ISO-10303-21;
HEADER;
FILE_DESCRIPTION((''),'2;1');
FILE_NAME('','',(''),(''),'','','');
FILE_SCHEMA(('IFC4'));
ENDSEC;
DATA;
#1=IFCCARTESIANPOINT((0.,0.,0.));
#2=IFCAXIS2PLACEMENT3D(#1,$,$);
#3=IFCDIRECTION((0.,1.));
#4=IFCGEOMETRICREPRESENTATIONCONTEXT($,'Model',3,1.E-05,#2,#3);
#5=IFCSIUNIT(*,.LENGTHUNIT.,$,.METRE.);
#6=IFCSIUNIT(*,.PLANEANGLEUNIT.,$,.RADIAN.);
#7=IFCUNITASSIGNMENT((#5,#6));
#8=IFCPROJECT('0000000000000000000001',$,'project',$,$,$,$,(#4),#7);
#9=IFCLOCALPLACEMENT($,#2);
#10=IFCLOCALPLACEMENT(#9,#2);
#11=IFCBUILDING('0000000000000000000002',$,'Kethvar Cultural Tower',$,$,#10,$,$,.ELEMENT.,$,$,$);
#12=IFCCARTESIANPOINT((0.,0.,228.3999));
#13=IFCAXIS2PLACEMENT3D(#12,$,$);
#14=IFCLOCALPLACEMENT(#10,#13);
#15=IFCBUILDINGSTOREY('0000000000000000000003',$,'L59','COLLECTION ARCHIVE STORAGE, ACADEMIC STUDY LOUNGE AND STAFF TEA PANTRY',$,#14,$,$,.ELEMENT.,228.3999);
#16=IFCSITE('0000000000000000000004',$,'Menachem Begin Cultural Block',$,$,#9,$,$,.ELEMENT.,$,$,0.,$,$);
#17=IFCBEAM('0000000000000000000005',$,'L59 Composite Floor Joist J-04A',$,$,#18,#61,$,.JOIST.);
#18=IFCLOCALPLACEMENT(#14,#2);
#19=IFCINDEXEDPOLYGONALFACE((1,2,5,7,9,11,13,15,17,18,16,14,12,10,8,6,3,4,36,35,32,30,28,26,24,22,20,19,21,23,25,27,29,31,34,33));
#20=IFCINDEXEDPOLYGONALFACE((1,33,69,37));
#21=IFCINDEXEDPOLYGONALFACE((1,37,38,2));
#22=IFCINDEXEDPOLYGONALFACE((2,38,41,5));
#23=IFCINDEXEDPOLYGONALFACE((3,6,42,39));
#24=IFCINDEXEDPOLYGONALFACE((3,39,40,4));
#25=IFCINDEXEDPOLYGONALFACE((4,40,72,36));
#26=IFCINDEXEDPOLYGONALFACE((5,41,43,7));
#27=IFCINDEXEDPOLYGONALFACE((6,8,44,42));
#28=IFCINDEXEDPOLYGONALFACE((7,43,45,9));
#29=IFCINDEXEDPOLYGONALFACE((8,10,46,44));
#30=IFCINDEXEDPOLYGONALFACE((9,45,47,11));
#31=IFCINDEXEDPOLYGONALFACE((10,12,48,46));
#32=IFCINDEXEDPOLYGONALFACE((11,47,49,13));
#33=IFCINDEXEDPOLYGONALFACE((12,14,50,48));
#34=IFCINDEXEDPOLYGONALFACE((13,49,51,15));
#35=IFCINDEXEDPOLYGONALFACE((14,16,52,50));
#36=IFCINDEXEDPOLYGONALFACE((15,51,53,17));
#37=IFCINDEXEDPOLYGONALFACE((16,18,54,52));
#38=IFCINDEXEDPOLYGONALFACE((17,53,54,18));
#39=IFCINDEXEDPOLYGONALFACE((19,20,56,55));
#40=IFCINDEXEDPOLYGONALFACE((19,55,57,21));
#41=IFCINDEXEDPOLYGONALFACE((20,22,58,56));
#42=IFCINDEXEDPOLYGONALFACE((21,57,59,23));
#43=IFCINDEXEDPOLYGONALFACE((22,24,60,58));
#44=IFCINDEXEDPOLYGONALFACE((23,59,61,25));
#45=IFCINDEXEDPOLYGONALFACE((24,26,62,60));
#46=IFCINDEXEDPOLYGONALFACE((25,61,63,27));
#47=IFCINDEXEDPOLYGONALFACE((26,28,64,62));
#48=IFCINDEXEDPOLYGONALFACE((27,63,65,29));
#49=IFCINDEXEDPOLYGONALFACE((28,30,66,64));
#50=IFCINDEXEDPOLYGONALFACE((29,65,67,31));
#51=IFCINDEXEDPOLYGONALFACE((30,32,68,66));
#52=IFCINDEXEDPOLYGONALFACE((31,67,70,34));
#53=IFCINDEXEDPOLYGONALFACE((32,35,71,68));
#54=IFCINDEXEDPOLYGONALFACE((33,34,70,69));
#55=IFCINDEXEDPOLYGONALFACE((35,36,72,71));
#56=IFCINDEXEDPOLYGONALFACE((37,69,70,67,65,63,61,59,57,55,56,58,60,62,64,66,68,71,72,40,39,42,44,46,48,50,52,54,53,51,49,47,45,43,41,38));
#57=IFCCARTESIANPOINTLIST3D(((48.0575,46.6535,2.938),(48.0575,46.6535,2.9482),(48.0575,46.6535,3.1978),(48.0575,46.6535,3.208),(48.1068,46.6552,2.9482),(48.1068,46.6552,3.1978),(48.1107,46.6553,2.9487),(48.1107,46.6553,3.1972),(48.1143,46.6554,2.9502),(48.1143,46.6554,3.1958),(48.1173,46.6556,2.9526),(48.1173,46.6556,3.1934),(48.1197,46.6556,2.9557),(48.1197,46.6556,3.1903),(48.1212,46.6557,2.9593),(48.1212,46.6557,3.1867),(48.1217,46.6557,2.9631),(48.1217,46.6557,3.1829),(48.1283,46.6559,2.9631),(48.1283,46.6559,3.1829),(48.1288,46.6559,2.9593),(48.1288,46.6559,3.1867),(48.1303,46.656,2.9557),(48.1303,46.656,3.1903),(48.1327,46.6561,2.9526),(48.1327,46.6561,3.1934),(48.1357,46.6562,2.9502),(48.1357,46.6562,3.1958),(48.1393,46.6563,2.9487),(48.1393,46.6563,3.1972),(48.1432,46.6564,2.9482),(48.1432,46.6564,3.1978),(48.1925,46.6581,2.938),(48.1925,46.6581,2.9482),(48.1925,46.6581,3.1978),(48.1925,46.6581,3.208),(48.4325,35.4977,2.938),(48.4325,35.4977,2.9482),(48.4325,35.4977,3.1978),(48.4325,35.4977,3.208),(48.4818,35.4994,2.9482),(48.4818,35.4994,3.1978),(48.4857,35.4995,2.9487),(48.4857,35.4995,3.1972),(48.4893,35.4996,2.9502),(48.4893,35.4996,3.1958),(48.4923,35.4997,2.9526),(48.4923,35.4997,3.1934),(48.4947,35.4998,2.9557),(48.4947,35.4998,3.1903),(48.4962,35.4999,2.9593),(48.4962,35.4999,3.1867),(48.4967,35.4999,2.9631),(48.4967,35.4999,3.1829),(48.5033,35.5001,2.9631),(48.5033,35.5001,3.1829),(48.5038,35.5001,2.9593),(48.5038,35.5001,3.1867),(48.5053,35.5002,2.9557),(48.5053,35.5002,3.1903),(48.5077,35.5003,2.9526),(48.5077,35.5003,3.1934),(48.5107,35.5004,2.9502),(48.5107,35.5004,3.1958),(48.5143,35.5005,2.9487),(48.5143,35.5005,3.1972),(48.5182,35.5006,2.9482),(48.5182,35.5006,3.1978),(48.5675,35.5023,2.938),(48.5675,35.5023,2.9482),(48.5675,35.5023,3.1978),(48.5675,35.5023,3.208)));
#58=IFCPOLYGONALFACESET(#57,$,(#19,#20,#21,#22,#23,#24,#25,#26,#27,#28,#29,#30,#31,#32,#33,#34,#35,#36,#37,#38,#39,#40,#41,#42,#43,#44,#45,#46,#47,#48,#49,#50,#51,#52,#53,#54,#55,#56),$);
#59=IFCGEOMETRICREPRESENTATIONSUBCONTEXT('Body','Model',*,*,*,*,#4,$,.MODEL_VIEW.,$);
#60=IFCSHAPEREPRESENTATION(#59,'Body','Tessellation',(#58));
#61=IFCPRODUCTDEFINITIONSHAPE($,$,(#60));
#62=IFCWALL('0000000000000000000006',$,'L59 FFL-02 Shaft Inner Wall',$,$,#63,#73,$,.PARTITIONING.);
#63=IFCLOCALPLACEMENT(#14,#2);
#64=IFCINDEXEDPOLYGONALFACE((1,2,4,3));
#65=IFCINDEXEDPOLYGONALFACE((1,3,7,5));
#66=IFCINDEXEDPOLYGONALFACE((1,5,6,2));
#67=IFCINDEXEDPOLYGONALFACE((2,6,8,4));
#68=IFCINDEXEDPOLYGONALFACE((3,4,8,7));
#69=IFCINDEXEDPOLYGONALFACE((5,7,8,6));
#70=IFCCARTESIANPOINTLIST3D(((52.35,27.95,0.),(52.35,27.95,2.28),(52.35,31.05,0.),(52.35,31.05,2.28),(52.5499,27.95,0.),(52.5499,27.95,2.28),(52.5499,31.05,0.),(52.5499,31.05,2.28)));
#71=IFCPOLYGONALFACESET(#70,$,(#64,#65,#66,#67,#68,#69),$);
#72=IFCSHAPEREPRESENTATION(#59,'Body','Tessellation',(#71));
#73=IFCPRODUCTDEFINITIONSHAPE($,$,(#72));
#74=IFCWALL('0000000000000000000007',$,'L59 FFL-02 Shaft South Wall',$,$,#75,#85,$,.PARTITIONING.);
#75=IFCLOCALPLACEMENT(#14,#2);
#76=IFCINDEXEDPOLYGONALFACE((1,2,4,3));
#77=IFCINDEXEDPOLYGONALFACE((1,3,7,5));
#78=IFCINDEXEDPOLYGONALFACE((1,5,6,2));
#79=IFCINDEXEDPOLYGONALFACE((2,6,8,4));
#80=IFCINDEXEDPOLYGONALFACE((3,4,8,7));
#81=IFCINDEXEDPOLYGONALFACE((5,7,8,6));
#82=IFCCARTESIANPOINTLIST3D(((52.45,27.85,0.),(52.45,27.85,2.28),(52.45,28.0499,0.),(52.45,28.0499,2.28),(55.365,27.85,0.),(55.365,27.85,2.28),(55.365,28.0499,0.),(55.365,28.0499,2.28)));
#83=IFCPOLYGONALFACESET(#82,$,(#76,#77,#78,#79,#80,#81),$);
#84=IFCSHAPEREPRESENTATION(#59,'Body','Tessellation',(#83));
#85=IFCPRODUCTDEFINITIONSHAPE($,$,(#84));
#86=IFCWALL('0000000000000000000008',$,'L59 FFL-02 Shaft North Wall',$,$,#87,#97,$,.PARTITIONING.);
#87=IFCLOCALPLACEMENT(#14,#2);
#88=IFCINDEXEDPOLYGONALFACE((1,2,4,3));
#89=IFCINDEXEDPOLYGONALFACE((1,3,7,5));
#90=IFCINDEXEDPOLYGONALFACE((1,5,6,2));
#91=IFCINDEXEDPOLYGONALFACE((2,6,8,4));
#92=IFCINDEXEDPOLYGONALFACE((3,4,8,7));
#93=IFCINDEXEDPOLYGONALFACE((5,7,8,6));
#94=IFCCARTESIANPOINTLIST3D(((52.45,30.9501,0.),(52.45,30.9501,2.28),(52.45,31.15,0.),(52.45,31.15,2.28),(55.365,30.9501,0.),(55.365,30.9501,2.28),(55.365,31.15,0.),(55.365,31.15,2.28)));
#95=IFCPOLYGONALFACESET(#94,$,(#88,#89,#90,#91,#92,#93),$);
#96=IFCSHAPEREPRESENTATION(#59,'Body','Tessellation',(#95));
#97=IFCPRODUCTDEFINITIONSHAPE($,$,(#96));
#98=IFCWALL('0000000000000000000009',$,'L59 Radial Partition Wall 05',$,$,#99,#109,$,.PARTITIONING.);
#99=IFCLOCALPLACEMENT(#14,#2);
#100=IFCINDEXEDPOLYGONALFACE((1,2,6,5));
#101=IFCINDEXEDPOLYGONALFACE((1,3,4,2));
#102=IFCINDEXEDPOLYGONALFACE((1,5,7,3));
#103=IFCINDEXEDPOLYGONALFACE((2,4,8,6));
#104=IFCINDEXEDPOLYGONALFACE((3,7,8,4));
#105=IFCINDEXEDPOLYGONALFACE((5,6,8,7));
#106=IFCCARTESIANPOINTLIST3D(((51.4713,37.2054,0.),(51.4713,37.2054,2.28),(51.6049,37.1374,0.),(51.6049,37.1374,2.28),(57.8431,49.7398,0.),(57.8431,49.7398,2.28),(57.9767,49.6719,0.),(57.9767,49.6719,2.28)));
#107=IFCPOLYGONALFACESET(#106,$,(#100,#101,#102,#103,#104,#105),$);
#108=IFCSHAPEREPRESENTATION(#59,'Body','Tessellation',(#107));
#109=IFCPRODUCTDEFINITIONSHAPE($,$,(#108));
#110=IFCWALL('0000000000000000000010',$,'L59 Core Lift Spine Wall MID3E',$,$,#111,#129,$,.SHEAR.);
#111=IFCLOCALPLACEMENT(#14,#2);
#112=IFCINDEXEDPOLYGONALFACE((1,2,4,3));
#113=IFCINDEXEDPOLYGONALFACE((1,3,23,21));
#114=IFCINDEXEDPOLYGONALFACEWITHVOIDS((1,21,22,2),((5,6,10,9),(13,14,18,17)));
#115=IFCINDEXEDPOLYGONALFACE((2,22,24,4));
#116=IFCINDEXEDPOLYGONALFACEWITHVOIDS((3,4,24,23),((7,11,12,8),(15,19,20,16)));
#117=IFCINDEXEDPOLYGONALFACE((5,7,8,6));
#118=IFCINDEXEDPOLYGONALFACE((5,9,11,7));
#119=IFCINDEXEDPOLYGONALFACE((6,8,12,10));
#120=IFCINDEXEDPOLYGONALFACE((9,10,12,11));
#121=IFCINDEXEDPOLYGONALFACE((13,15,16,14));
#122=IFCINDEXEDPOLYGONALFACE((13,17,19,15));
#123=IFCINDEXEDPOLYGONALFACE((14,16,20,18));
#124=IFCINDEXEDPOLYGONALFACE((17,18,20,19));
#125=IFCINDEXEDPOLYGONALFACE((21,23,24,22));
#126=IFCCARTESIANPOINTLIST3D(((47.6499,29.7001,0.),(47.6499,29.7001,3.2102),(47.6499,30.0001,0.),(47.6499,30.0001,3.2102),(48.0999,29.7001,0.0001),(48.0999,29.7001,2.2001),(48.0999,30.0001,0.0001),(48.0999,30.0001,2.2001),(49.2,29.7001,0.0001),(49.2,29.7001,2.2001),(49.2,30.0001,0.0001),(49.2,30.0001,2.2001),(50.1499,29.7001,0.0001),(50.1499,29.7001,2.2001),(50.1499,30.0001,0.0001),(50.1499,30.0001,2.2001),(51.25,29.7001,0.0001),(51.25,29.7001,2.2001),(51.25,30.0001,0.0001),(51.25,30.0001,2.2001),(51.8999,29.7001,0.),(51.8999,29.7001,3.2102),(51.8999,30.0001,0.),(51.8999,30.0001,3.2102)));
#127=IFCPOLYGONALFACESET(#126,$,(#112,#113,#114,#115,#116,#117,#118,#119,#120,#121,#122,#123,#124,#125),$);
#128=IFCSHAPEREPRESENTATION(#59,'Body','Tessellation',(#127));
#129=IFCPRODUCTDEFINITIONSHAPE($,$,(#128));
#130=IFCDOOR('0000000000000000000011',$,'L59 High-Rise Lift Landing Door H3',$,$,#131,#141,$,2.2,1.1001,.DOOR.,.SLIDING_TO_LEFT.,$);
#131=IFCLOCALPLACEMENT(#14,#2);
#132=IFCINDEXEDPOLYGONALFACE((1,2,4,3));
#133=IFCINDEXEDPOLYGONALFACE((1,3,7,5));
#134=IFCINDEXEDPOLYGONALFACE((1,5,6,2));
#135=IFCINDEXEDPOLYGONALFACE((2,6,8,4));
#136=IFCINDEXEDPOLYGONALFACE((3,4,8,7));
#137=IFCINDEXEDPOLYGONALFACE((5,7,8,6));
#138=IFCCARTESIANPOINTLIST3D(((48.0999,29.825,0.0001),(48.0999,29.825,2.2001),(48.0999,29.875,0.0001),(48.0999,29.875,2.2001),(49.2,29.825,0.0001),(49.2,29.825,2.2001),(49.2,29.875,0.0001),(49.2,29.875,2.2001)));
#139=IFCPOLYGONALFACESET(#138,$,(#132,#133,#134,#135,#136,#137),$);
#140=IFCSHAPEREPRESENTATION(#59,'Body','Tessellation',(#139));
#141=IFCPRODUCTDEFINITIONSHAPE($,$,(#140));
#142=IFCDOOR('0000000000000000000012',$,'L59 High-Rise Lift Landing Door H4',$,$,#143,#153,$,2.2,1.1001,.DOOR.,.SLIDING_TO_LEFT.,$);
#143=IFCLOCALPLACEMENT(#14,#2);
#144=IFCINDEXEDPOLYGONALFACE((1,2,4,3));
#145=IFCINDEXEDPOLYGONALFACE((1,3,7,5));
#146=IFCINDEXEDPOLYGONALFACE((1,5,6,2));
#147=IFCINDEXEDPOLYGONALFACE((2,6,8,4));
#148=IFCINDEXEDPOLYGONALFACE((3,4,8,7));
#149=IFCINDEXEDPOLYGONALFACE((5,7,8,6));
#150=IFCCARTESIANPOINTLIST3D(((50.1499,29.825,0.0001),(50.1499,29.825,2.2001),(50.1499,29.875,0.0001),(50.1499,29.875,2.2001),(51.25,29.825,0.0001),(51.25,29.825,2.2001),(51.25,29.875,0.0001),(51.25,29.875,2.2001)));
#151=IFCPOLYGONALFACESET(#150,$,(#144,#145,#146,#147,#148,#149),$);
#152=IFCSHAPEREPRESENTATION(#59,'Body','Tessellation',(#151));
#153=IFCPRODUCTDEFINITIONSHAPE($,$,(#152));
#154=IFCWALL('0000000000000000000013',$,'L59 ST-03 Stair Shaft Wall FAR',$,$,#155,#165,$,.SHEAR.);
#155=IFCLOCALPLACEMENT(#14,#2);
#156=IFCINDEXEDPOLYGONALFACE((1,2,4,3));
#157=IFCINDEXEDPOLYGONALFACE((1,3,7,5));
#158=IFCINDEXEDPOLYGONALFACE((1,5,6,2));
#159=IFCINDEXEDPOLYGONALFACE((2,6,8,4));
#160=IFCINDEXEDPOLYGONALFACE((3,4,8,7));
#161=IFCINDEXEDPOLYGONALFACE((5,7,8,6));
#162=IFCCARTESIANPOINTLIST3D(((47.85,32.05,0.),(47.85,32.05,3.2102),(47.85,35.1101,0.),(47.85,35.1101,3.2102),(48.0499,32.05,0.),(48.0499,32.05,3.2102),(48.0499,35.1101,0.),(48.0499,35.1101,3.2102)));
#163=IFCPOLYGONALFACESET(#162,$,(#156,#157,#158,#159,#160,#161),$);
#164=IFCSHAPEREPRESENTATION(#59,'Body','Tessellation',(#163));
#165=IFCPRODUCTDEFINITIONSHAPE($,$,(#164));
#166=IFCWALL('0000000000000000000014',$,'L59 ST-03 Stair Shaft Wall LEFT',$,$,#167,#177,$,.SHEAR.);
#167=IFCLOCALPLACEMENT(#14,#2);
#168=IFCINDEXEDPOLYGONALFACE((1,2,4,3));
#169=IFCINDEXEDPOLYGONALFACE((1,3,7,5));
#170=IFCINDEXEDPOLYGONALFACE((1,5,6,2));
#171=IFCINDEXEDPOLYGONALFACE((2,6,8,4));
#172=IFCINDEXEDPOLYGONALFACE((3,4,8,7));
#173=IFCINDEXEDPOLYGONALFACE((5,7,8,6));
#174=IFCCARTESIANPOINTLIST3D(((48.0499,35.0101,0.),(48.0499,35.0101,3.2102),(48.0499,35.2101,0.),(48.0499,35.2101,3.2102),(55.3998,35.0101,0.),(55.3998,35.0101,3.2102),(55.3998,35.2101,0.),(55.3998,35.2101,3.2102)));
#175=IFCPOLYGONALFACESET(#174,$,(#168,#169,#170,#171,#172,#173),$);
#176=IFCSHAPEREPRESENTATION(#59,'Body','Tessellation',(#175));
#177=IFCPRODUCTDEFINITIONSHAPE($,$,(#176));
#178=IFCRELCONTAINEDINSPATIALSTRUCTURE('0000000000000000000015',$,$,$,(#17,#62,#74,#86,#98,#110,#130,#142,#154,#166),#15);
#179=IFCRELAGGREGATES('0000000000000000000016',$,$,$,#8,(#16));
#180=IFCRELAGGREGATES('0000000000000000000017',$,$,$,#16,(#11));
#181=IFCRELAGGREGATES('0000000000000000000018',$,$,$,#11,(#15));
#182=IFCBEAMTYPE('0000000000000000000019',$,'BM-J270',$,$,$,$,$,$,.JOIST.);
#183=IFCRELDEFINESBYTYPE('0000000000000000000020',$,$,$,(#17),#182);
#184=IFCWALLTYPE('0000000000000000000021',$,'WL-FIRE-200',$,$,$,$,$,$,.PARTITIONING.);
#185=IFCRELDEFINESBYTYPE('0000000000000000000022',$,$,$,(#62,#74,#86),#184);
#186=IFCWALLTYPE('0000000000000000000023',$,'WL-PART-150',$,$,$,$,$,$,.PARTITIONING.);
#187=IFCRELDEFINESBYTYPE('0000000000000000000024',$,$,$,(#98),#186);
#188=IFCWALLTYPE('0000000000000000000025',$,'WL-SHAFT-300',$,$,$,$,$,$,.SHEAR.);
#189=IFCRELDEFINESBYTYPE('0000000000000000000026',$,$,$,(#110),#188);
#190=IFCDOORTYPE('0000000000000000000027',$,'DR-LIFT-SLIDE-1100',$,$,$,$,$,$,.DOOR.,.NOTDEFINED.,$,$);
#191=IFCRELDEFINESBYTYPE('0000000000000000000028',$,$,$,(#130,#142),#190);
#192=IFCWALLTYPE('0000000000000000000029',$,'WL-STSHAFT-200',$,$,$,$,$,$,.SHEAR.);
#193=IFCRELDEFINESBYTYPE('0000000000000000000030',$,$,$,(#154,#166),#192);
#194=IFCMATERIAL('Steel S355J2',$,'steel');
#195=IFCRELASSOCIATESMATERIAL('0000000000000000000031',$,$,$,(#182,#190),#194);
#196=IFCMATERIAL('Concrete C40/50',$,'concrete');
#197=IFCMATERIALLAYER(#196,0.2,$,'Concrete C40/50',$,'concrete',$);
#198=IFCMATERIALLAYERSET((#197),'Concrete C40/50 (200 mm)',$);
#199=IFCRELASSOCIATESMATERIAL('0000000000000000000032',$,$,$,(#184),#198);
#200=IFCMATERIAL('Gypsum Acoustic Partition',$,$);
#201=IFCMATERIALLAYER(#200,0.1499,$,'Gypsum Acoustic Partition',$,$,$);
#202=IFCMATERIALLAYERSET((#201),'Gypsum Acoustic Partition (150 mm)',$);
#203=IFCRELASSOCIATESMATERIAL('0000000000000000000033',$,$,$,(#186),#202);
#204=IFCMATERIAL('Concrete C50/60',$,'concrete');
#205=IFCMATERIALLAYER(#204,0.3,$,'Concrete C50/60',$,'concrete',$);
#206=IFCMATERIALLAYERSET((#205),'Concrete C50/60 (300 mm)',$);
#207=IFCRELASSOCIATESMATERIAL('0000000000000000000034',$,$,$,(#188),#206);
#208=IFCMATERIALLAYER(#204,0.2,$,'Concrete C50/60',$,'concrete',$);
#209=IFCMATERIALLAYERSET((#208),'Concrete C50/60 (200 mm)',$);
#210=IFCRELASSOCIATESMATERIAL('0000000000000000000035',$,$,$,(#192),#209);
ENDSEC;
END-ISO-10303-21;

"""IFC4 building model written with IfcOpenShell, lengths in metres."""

from ifc_helpers import new_model, si_unit, direction, frame, frame_2d, origin, origin_2d, place, context, subcontext, project, spatial, rectangle, i_section, extrude, source, transform, mapped, material, layer, layer_set, material_profile, profile_set, type_object, element, fill, save


model = new_model("IFC4")

# Units and contexts
model_context = context("Model", 3, precision=1e-05, world=origin(), true_north=direction((0.0, 1.0)))
body_context = subcontext(model_context, "Body", "Model", "MODEL_VIEW")
ifc_project = project(units=[si_unit("LENGTHUNIT", "METRE"), si_unit("PLANEANGLEUNIT", "RADIAN")], contexts=[model_context])

# Site, building, storey
site_placement = place(None, origin())
site = spatial("IfcSite", under=ifc_project, at=site_placement, Name="Menachem Begin Cultural Block", CompositionType="ELEMENT", RefElevation=0.0)
building_placement = place(site_placement, origin())
building = spatial("IfcBuilding", under=site, at=building_placement, Name="Kethvar Cultural Tower", CompositionType="ELEMENT")
storey_placement = place(building_placement, frame((0.0, 0.0, 228.3999)))
storey = spatial("IfcBuildingStorey", under=building, at=storey_placement, Name="L59", Description="COLLECTION ARCHIVE STORAGE, ACADEMIC STUDY LOUNGE AND STAFF TEA PANTRY", CompositionType="ELEMENT", Elevation=228.3999)

# Beam
ifc_material_1 = material(Name="Steel S355J2", Category="steel")
ifc_material_profile_1 = material_profile(ifc_material_1, i_section(OverallWidth=0.135, OverallDepth=0.27, WebThickness=0.0066, FlangeThickness=0.0103, FilletRadius=0.0149, at=origin_2d()), Name="Steel S355J2 — IPE270")
ifc_profile_set_1 = profile_set([ifc_material_profile_1], Name="Steel S355J2 — IPE270")
beam_type_1 = type_object("IfcBeamType", Name="BM-J270", PredefinedType="JOIST", material=ifc_profile_set_1)
shared_shape_1 = source(origin(), body_context, "Body", "SweptSolid", [
    extrude(i_section(OverallWidth=0.135, OverallDepth=0.27, WebThickness=0.0066, FlangeThickness=0.0103, FilletRadius=0.0149, at=origin_2d()), origin(), (0.0, 0.0, 1.0), 11.1621),
])
beam_1_placement = place(storey_placement, frame((48.5, 35.5, 3.073), z_axis=(-0.033596, 0.999435, 0.0), x_axis=(-0.999435, -0.033596, 0.0)))
element("IfcBeam", 1, at=beam_1_placement, inside=storey, type_object=beam_type_1, Name="L59 Composite Floor Joist J-04A", PredefinedType="JOIST", context=body_context, shape_type="MappedRepresentation", body=[
    mapped(shared_shape_1, transform((0.0, 0.0, 0.0), scale=1.0)),
])

# Walls
ifc_material_2 = material(Name="Concrete C40/50", Category="concrete")
ifc_layer_1 = layer(ifc_material_2, 0.2, Name="Concrete C40/50", Category="concrete")
ifc_layer_set_1 = layer_set([ifc_layer_1], Name="Concrete C40/50 (200 mm)")
wall_type_1 = type_object("IfcWallType", Name="WL-FIRE-200", PredefinedType="PARTITIONING", material=ifc_layer_set_1)
wall_1_placement = place(storey_placement, frame((52.45, 27.95, 0.0), z_axis=(0.0, 0.0, 1.0), x_axis=(0.0, 1.0, 0.0)))
element("IfcWall", 2, at=wall_1_placement, inside=storey, type_object=wall_type_1, Name="L59 FFL-02 Shaft Inner Wall", PredefinedType="PARTITIONING", context=body_context, shape_type="SweptSolid", body=[
    extrude(rectangle(XDim=3.1001, YDim=0.2, at=frame_2d((1.55, 0.0))), origin(), (0.0, 0.0, 1.0), 2.28),
])
for number, where, z_axis, x_axis, name in (
    (3, (52.45, 27.95, 0.0), (0.0, 0.0, 1.0), (1.0, 0.0, 0.0), "L59 FFL-02 Shaft South Wall"),
    (4, (52.45, 31.05, 0.0), (0.0, 0.0, 1.0), (1.0, 0.0, 0.0), "L59 FFL-02 Shaft North Wall"),
):
    element("IfcWall", number, at=place(storey_placement, frame(where, z_axis=z_axis, x_axis=x_axis)), inside=storey, type_object=wall_type_1, Name=name, PredefinedType="PARTITIONING", context=body_context, shape_type="SweptSolid", body=[
        extrude(rectangle(XDim=2.915, YDim=0.2, at=frame_2d((1.4575, 0.0))), origin(), (0.0, 0.0, 1.0), 2.28),
    ])
ifc_material_3 = material(Name="Gypsum Acoustic Partition")
ifc_layer_2 = layer(ifc_material_3, 0.1499, Name="Gypsum Acoustic Partition")
ifc_layer_set_2 = layer_set([ifc_layer_2], Name="Gypsum Acoustic Partition (150 mm)")
wall_type_2 = type_object("IfcWallType", Name="WL-PART-150", PredefinedType="PARTITIONING", material=ifc_layer_set_2)
wall_2_placement = place(storey_placement, frame((51.5381, 37.1714, 0.0), z_axis=(0.0, 0.0, 1.0), x_axis=(0.453156, 0.891431, 0.0)))
element("IfcWall", 5, at=wall_2_placement, inside=storey, type_object=wall_type_2, Name="L59 Radial Partition Wall 05", PredefinedType="PARTITIONING", context=body_context, shape_type="SweptSolid", body=[
    extrude(rectangle(XDim=14.061, YDim=0.1499, at=frame_2d((7.0305, 0.0))), origin(), (0.0, 0.0, 1.0), 2.28),
])

# Wall, openings, doors
ifc_material_4 = material(Name="Concrete C50/60", Category="concrete")
ifc_layer_3 = layer(ifc_material_4, 0.3, Name="Concrete C50/60", Category="concrete")
ifc_layer_set_3 = layer_set([ifc_layer_3], Name="Concrete C50/60 (300 mm)")
wall_type_3 = type_object("IfcWallType", Name="WL-SHAFT-300", PredefinedType="SHEAR", material=ifc_layer_set_3)
wall_3_placement = place(storey_placement, frame((47.6499, 29.8501, 0.0), z_axis=(0.0, 0.0, 1.0), x_axis=(1.0, 0.0, 0.0)))
wall_3 = element("IfcWall", 6, at=wall_3_placement, inside=storey, type_object=wall_type_3, Name="L59 Core Lift Spine Wall MID3E", PredefinedType="SHEAR", context=body_context, shape_type="SweptSolid", body=[
    extrude(rectangle(XDim=4.25, YDim=0.3, at=frame_2d((2.125, 0.0))), origin(), (0.0, 0.0, 1.0), 3.2102),
])
opening_1_placement = place(wall_3_placement, frame((0.45, 0.0, 0.0)))
opening_1 = element("IfcOpeningElement", 7, at=opening_1_placement, cuts=wall_3, PredefinedType="OPENING", context=body_context, shape_type="SweptSolid", body=[
    extrude(rectangle(XDim=1.1001, YDim=2.2, at=frame_2d((0.55, 1.1001))), frame((0.0, 0.1599, 0.0), z_axis=(0.0, -1.0, 0.0), x_axis=(1.0, 0.0, 0.0)), (0.0, 0.0, 1.0), 0.3201),
])
opening_2_placement = place(wall_3_placement, frame((2.5, 0.0, 0.0)))
opening_2 = element("IfcOpeningElement", 8, at=opening_2_placement, cuts=wall_3, PredefinedType="OPENING", context=body_context, shape_type="SweptSolid", body=[
    extrude(rectangle(XDim=1.1001, YDim=2.2, at=frame_2d((0.55, 1.1001))), frame((0.0, 0.1599, 0.0), z_axis=(0.0, -1.0, 0.0), x_axis=(1.0, 0.0, 0.0)), (0.0, 0.0, 1.0), 0.3201),
])
door_type = type_object("IfcDoorType", Name="DR-LIFT-SLIDE-1100", OperationType="NOTDEFINED", PredefinedType="DOOR", material=ifc_material_1)
shared_shape_2 = source(origin(), body_context, "Body", "SweptSolid", [
    extrude(rectangle(XDim=1.1001, YDim=2.2, at=frame_2d((0.55, 1.1001))), frame((0.0, 0.0249, 0.0), z_axis=(0.0, -1.0, 0.0), x_axis=(1.0, 0.0, 0.0)), (0.0, 0.0, 1.0), 0.05),
])
door_1_placement = place(opening_1_placement, origin())
door_1 = element("IfcDoor", 9, at=door_1_placement, inside=storey, type_object=door_type, Name="L59 High-Rise Lift Landing Door H3", OperationType="SLIDING_TO_LEFT", OverallHeight=2.2, OverallWidth=1.1001, PredefinedType="DOOR", context=body_context, shape_type="MappedRepresentation", body=[
    mapped(shared_shape_2, transform((0.0, 0.0, 0.0), scale=1.0)),
])
fill(opening_1, door_1)
door_2_placement = place(opening_2_placement, origin())
door_2 = element("IfcDoor", 10, at=door_2_placement, inside=storey, type_object=door_type, Name="L59 High-Rise Lift Landing Door H4", OperationType="SLIDING_TO_LEFT", OverallHeight=2.2, OverallWidth=1.1001, PredefinedType="DOOR", context=body_context, shape_type="MappedRepresentation", body=[
    mapped(shared_shape_2, transform((0.0, 0.0, 0.0), scale=1.0)),
])
fill(opening_2, door_2)

# Walls
ifc_layer_4 = layer(ifc_material_4, 0.2, Name="Concrete C50/60", Category="concrete")
ifc_layer_set_4 = layer_set([ifc_layer_4], Name="Concrete C50/60 (200 mm)")
wall_type_4 = type_object("IfcWallType", Name="WL-STSHAFT-200", PredefinedType="SHEAR", material=ifc_layer_set_4)
wall_4_placement = place(storey_placement, frame((47.95, 32.05, 0.0), z_axis=(0.0, 0.0, 1.0), x_axis=(0.0, 1.0, 0.0)))
element("IfcWall", 11, at=wall_4_placement, inside=storey, type_object=wall_type_4, Name="L59 ST-03 Stair Shaft Wall FAR", PredefinedType="SHEAR", context=body_context, shape_type="SweptSolid", body=[
    extrude(rectangle(XDim=3.0601, YDim=0.2, at=frame_2d((1.53, 0.0))), origin(), (0.0, 0.0, 1.0), 3.2102),
])
for number, where, z_axis, x_axis, name in (
    (12, (48.05, 35.1101, 0.0), (0.0, 0.0, 1.0), (1.0, 0.0, 0.0), "L59 ST-03 Stair Shaft Wall LEFT"),
):
    element("IfcWall", number, at=place(storey_placement, frame(where, z_axis=z_axis, x_axis=x_axis)), inside=storey, type_object=wall_type_4, Name=name, PredefinedType="SHEAR", context=body_context, shape_type="SweptSolid", body=[
        extrude(rectangle(XDim=7.3499, YDim=0.2, at=frame_2d((3.6748, 0.0))), origin(), (0.0, 0.0, 1.0), 3.2102),
    ])

save(model, "model.ifc")
